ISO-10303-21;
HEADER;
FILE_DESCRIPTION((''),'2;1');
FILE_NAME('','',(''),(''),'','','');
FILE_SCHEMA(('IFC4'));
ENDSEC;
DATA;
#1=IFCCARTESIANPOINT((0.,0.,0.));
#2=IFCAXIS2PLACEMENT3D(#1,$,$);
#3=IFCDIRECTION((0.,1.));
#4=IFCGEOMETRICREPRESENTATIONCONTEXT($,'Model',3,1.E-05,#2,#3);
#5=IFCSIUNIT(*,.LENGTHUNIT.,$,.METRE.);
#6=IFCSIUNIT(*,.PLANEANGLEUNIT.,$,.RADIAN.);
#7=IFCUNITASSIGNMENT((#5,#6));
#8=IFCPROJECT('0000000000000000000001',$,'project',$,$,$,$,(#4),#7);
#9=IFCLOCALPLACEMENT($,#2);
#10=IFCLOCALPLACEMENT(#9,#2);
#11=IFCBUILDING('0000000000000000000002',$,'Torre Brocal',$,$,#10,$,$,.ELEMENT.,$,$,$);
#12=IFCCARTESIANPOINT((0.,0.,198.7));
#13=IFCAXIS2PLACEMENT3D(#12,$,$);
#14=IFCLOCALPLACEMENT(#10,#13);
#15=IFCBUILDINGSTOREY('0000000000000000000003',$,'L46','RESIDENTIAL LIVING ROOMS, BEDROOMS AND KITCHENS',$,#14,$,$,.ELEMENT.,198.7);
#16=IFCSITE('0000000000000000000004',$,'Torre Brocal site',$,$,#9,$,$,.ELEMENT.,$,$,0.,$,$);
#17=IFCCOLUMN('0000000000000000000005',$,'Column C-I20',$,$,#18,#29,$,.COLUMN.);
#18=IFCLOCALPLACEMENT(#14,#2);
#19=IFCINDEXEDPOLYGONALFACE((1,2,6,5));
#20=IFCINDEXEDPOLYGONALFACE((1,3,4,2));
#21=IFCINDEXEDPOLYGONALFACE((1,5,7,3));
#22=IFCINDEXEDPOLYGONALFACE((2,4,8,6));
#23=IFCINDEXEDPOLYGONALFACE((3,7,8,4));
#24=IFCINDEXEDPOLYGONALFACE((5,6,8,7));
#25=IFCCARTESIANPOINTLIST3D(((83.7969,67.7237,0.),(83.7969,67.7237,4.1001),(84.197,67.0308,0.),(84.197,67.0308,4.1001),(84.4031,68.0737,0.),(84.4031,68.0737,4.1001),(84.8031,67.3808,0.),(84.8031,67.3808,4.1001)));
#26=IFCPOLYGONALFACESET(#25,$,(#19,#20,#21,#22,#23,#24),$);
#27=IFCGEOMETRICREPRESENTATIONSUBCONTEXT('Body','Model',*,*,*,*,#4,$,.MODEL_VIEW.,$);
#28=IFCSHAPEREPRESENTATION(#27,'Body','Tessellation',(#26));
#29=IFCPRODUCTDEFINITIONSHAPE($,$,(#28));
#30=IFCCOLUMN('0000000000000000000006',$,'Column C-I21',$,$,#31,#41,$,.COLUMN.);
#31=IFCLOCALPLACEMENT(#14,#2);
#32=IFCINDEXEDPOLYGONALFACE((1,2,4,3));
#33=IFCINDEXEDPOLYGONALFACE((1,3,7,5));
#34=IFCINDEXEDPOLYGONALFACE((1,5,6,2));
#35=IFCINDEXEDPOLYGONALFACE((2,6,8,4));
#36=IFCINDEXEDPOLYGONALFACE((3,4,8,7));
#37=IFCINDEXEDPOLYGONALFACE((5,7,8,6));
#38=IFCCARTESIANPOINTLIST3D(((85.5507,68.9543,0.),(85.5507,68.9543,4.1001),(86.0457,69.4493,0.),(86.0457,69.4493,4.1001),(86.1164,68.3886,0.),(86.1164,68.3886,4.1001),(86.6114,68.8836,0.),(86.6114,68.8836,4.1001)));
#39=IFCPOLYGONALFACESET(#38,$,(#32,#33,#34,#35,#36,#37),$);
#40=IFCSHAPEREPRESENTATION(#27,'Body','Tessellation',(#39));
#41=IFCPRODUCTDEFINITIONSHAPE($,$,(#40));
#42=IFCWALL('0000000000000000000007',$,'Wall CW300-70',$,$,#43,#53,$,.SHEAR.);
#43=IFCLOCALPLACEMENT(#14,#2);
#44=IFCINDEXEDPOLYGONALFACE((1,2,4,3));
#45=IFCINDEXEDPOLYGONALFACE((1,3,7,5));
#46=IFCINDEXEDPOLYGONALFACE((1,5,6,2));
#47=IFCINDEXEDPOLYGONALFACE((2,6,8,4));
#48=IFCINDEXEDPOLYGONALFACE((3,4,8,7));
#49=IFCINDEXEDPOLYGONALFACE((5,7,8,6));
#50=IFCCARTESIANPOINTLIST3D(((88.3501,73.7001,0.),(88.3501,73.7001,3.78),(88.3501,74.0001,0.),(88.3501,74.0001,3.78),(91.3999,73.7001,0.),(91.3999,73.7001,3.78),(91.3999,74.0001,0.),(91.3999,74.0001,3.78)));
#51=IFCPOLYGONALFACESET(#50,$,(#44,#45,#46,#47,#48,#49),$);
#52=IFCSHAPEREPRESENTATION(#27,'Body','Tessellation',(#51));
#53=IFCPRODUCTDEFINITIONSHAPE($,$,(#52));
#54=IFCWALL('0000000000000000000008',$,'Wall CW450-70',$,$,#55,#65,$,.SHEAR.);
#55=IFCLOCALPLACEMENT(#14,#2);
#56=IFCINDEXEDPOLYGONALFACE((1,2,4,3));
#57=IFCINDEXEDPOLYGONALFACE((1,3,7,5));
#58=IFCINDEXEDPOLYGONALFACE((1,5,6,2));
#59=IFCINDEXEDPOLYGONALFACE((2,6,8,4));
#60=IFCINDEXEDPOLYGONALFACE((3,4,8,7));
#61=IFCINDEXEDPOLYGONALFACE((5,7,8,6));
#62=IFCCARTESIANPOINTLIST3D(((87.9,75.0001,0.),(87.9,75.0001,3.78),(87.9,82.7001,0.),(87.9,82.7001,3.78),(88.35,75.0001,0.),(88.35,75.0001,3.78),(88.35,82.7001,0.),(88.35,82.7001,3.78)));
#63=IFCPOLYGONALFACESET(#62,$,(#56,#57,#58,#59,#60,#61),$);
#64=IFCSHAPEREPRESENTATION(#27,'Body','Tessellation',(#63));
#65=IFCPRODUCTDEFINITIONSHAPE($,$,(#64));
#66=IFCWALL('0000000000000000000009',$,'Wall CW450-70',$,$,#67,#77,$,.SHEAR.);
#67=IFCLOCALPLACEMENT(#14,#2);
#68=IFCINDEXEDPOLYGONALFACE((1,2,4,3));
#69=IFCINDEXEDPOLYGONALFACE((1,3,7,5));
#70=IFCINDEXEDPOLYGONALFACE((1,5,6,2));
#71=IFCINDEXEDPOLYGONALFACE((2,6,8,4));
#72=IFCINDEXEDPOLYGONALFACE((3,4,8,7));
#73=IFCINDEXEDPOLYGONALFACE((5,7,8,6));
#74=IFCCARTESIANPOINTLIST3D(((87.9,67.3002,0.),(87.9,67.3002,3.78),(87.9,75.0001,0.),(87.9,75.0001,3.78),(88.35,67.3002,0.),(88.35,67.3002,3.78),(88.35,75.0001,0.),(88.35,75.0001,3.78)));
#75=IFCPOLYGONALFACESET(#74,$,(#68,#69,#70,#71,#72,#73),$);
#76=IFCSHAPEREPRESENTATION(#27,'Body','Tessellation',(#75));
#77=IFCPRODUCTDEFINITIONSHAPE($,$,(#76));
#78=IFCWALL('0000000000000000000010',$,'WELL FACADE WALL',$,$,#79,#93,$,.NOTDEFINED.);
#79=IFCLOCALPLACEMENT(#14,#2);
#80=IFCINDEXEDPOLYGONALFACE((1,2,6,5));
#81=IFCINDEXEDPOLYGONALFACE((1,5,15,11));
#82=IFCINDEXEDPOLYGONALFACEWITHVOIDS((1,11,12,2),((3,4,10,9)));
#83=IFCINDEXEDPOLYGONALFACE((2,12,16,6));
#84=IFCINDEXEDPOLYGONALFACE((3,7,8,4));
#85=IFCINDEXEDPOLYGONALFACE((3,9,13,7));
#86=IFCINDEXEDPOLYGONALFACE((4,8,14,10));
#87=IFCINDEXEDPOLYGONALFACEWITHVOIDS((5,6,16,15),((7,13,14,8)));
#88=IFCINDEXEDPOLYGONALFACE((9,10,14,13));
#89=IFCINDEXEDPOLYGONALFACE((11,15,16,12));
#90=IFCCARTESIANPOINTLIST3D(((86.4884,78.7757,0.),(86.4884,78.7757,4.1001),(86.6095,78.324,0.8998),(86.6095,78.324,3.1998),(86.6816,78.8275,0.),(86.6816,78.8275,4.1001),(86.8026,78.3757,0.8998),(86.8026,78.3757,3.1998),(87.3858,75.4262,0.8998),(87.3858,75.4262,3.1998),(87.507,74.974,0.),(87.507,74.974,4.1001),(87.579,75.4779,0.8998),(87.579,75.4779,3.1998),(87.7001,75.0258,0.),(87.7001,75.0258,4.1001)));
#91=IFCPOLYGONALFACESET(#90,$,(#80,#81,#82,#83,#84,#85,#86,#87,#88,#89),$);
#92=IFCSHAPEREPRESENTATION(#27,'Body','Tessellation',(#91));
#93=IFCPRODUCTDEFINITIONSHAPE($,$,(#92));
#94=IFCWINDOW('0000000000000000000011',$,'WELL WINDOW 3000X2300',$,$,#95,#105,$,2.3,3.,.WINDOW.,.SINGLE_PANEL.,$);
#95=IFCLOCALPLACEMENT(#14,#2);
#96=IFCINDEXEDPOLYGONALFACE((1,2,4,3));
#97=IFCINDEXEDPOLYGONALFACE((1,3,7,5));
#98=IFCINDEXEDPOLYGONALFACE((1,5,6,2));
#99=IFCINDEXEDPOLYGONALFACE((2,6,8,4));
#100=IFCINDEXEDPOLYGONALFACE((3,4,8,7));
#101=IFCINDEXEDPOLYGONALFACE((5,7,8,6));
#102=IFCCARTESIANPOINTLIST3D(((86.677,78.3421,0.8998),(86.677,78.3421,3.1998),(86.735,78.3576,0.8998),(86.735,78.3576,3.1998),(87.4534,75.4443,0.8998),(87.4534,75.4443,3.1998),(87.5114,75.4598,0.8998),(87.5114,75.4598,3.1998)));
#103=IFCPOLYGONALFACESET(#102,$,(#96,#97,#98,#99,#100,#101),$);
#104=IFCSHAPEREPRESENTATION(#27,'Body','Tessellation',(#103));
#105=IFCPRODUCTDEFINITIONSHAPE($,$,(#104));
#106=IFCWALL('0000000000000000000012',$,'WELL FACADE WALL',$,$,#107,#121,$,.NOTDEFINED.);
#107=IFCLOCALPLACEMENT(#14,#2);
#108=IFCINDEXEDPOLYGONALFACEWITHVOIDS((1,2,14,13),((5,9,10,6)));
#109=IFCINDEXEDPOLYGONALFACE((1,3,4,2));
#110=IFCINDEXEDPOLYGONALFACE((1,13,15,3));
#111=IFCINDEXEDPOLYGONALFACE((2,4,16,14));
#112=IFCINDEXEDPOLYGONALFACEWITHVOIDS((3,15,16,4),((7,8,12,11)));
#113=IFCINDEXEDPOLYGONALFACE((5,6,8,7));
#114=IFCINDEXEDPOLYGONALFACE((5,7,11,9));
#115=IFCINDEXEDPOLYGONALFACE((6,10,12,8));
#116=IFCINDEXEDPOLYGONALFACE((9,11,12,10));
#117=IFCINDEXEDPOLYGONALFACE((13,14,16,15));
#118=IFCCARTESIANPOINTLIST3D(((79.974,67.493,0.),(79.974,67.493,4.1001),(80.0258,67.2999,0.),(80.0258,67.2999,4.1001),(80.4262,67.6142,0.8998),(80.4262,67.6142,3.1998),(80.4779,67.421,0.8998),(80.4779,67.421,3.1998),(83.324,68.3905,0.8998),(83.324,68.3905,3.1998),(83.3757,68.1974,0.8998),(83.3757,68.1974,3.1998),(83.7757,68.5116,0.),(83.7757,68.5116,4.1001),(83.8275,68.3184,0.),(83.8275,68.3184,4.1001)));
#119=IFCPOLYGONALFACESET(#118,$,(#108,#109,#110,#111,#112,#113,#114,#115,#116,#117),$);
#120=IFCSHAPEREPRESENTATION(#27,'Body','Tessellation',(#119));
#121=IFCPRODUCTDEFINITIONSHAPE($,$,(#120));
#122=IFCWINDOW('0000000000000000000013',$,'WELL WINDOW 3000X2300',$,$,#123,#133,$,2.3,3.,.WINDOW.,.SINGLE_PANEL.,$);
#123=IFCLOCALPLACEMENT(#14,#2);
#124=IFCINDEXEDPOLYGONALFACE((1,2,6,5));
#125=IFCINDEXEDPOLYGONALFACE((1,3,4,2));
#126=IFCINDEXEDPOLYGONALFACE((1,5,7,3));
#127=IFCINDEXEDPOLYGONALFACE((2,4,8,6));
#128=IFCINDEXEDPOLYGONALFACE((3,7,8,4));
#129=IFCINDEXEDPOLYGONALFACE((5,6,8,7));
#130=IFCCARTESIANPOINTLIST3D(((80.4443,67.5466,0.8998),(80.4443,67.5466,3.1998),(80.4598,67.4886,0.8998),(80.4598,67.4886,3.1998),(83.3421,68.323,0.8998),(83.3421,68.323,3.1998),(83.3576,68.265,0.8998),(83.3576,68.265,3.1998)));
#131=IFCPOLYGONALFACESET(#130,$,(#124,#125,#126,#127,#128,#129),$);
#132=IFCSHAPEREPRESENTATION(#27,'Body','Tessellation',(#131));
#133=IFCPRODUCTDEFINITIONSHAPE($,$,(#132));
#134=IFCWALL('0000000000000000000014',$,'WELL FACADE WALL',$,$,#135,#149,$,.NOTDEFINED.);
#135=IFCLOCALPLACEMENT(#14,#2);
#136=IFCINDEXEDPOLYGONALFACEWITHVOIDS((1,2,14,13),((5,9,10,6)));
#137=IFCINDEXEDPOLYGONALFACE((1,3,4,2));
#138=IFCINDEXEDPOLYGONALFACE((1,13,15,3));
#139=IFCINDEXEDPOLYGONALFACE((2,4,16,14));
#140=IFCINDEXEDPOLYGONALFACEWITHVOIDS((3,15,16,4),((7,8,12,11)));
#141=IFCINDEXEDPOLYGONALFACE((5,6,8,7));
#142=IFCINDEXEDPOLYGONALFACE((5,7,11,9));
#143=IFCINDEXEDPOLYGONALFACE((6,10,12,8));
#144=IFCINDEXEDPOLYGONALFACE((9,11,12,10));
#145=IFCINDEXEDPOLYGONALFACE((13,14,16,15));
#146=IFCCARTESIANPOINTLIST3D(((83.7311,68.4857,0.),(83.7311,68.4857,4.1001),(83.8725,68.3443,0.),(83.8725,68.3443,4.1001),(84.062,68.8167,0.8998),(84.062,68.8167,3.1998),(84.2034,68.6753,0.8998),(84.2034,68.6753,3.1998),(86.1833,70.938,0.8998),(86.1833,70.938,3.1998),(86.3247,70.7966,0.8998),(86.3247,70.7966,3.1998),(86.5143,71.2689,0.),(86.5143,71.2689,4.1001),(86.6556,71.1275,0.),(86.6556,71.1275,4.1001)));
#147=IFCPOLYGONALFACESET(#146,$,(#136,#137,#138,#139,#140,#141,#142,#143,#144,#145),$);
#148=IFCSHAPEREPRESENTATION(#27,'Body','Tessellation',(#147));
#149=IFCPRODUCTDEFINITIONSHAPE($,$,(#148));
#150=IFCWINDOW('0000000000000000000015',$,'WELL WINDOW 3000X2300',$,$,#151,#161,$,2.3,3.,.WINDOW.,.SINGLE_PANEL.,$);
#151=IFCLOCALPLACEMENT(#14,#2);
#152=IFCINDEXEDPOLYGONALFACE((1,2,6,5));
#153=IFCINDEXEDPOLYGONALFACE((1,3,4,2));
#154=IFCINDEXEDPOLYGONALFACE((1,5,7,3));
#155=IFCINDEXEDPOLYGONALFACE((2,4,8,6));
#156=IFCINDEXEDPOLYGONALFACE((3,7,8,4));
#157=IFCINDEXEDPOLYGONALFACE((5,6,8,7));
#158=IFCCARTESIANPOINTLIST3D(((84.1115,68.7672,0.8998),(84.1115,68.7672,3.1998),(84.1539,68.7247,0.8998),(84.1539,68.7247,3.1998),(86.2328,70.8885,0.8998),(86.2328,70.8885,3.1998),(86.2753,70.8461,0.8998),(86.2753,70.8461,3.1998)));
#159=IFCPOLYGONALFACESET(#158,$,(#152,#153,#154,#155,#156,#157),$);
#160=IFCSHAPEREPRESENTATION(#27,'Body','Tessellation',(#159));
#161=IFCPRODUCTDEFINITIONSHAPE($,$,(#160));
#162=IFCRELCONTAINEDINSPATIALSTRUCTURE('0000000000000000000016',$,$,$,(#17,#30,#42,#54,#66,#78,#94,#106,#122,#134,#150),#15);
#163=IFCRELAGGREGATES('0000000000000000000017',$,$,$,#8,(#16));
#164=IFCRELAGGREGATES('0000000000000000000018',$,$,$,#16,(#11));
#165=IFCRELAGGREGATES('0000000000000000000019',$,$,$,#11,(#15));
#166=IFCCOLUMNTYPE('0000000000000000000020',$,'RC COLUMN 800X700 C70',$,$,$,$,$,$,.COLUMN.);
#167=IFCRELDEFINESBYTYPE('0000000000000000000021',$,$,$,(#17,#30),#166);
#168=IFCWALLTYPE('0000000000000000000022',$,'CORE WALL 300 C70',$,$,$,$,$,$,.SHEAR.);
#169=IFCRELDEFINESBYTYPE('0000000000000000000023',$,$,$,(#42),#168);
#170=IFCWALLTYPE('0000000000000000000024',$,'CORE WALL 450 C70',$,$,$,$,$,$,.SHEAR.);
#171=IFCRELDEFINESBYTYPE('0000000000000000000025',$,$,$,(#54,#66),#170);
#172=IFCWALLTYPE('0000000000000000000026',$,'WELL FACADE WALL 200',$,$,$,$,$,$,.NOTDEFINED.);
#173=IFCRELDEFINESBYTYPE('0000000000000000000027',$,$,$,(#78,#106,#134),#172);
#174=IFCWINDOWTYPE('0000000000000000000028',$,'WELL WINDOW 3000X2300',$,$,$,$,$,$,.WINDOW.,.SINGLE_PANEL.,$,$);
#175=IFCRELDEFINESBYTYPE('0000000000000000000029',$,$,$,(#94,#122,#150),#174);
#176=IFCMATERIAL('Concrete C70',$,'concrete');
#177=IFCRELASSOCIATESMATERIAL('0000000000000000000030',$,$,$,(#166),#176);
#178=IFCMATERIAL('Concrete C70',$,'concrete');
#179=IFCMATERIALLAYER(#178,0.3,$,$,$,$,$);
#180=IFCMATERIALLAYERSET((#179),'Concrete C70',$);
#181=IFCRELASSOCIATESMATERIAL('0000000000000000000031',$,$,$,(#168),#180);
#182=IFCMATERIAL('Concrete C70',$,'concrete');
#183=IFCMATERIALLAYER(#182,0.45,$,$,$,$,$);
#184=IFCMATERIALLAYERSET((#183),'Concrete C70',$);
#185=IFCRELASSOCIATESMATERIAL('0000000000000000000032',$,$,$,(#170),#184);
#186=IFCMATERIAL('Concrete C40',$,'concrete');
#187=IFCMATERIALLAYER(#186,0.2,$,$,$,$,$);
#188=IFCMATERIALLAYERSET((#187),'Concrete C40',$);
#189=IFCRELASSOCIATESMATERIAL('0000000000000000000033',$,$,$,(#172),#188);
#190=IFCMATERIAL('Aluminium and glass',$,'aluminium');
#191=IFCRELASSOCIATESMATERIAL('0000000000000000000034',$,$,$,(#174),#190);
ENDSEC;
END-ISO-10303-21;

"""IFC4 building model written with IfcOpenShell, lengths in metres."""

from ifc_helpers import new_model, si_unit, direction, frame, frame_2d, origin, origin_2d, place, context, subcontext, project, spatial, rectangle, extrude, material, layer, layer_set, material_profile, profile_set, type_object, element, fill, save


model = new_model("IFC4")

# Units and contexts
model_context = context("Model", 3, precision=1e-05, world=origin(), true_north=direction((0.0, 1.0)))
body_context = subcontext(model_context, "Body", "Model", "MODEL_VIEW")
ifc_project = project(units=[si_unit("LENGTHUNIT", "METRE"), si_unit("PLANEANGLEUNIT", "RADIAN")], contexts=[model_context])

# Site, building, storey
site_placement = place(None, origin())
site = spatial("IfcSite", under=ifc_project, at=site_placement, Name="Torre Brocal site", CompositionType="ELEMENT", RefElevation=0.0)
building_placement = place(site_placement, origin())
building = spatial("IfcBuilding", under=site, at=building_placement, Name="Torre Brocal", CompositionType="ELEMENT")
storey_placement = place(building_placement, frame((0.0, 0.0, 198.7)))
storey = spatial("IfcBuildingStorey", under=building, at=storey_placement, Name="L46", Description="RESIDENTIAL LIVING ROOMS, BEDROOMS AND KITCHENS", CompositionType="ELEMENT", Elevation=198.7)

# Columns
ifc_material_1 = material(Name="Concrete C70", Category="concrete")
ifc_material_profile = material_profile(ifc_material_1, rectangle(XDim=0.8, YDim=0.7, at=origin_2d()), Name="RC 800X700")
ifc_profile_set = profile_set([ifc_material_profile], Name="Concrete C70")
column_type = type_object("IfcColumnType", Name="RC COLUMN 800X700 C70", PredefinedType="COLUMN", material=ifc_profile_set)
for number, where, z_axis, x_axis, name in (
    (1, (84.3, 67.5522, 0.0), (0.0, 0.0, 1.0), (0.5, -0.866025, 0.0), "Column C-I20"),
    (2, (86.0811, 68.9189, 0.0), (0.0, 0.0, 1.0), (0.707107, -0.707107, 0.0), "Column C-I21"),
):
    element("IfcColumn", number, at=place(storey_placement, frame(where, z_axis=z_axis, x_axis=x_axis)), inside=storey, type_object=column_type, Name=name, PredefinedType="COLUMN", context=body_context, shape_type="SweptSolid", body=[
        extrude(rectangle(XDim=0.8, YDim=0.7, at=origin_2d()), origin(), (0.0, 0.0, 1.0), 4.1001),
    ])

# Walls
ifc_material_2 = material(Name="Concrete C70", Category="concrete")
ifc_layer_1 = layer(ifc_material_2, 0.3)
ifc_layer_set_1 = layer_set([ifc_layer_1], Name="Concrete C70")
wall_type_1 = type_object("IfcWallType", Name="CORE WALL 300 C70", PredefinedType="SHEAR", material=ifc_layer_set_1)
wall_1_placement = place(storey_placement, frame((88.3501, 73.8501, 0.0), z_axis=(0.0, 0.0, 1.0), x_axis=(1.0, 0.0, 0.0)))
element("IfcWall", 3, at=wall_1_placement, inside=storey, type_object=wall_type_1, Name="Wall CW300-70", PredefinedType="SHEAR", context=body_context, shape_type="SweptSolid", body=[
    extrude(rectangle(XDim=3.0498, YDim=0.3, at=frame_2d((1.5249, 0.0))), origin(), (0.0, 0.0, 1.0), 3.78),
])
ifc_material_3 = material(Name="Concrete C70", Category="concrete")
ifc_layer_2 = layer(ifc_material_3, 0.45)
ifc_layer_set_2 = layer_set([ifc_layer_2], Name="Concrete C70")
wall_type_2 = type_object("IfcWallType", Name="CORE WALL 450 C70", PredefinedType="SHEAR", material=ifc_layer_set_2)
for number, where, z_axis, x_axis, name in (
    (4, (88.125, 75.0, 0.0), (0.0, 0.0, 1.0), (0.0, 1.0, 0.0), "Wall CW450-70"),
    (5, (88.125, 67.3, 0.0), (0.0, 0.0, 1.0), (0.0, 1.0, 0.0), "Wall CW450-70"),
):
    element("IfcWall", number, at=place(storey_placement, frame(where, z_axis=z_axis, x_axis=x_axis)), inside=storey, type_object=wall_type_2, Name=name, PredefinedType="SHEAR", context=body_context, shape_type="SweptSolid", body=[
        extrude(rectangle(XDim=7.7, YDim=0.45, at=frame_2d((3.8501, 0.0))), origin(), (0.0, 0.0, 1.0), 3.78),
    ])

# Walls, openings, windows
ifc_material_4 = material(Name="Concrete C40", Category="concrete")
ifc_layer_3 = layer(ifc_material_4, 0.2)
ifc_layer_set_3 = layer_set([ifc_layer_3], Name="Concrete C40")
wall_type_3 = type_object("IfcWallType", Name="WELL FACADE WALL 200", PredefinedType="NOTDEFINED", material=ifc_layer_set_3)
wall_2_placement = place(storey_placement, frame((87.6035, 75.0, 0.0), z_axis=(0.0, 0.0, 1.0), x_axis=(-0.25879, 0.965934, 0.0)))
wall_2 = element("IfcWall", 6, at=wall_2_placement, inside=storey, type_object=wall_type_3, Name="WELL FACADE WALL", PredefinedType="NOTDEFINED", context=body_context, shape_type="SweptSolid", body=[
    extrude(rectangle(XDim=3.9358, YDim=0.2, at=frame_2d((1.9678, 0.0))), origin(), (0.0, 0.0, 1.0), 4.1001),
])
opening_1_placement = place(wall_2_placement, frame((0.468, 0.0, 0.8999)))
opening_1 = element("IfcOpeningElement", 7, at=opening_1_placement, cuts=wall_2, PredefinedType="OPENING", context=body_context, shape_type="SweptSolid", body=[
    extrude(rectangle(XDim=3.0, YDim=2.3, at=frame_2d((1.5, 1.1499))), frame((0.0, 0.1099, 0.0), z_axis=(0.0, -1.0, 0.0), x_axis=(1.0, 0.0, 0.0)), (0.0, 0.0, 1.0), 0.22),
])
ifc_material_5 = material(Name="Aluminium and glass", Category="aluminium")
window_type = type_object("IfcWindowType", Name="WELL WINDOW 3000X2300", PartitioningType="SINGLE_PANEL", PredefinedType="WINDOW", material=ifc_material_5)
window_1_placement = place(opening_1_placement, origin())
window_1 = element("IfcWindow", 8, at=window_1_placement, inside=storey, type_object=window_type, Name="WELL WINDOW 3000X2300", OverallHeight=2.3, OverallWidth=3.0, PartitioningType="SINGLE_PANEL", PredefinedType="WINDOW", context=body_context, shape_type="SweptSolid", body=[
    extrude(rectangle(XDim=3.0, YDim=2.3, at=frame_2d((1.5, 1.1499))), frame((0.0, 0.03, 0.0), z_axis=(0.0, -1.0, 0.0), x_axis=(1.0, 0.0, 0.0)), (0.0, 0.0, 1.0), 0.0601),
])
fill(opening_1, window_1)
wall_3_placement = place(storey_placement, frame((80.0, 67.3965, 0.0), z_axis=(0.0, 0.0, 1.0), x_axis=(0.965934, 0.25879, 0.0)))
wall_3 = element("IfcWall", 9, at=wall_3_placement, inside=storey, type_object=wall_type_3, Name="WELL FACADE WALL", PredefinedType="NOTDEFINED", context=body_context, shape_type="SweptSolid", body=[
    extrude(rectangle(XDim=3.9358, YDim=0.2, at=frame_2d((1.9678, 0.0))), origin(), (0.0, 0.0, 1.0), 4.1001),
])
opening_2_placement = place(wall_3_placement, frame((0.468, 0.0, 0.8999)))
opening_2 = element("IfcOpeningElement", 10, at=opening_2_placement, cuts=wall_3, PredefinedType="OPENING", context=body_context, shape_type="SweptSolid", body=[
    extrude(rectangle(XDim=3.0, YDim=2.3, at=frame_2d((1.5, 1.1499))), frame((0.0, 0.1099, 0.0), z_axis=(0.0, -1.0, 0.0), x_axis=(1.0, 0.0, 0.0)), (0.0, 0.0, 1.0), 0.22),
])
window_2_placement = place(opening_2_placement, origin())
window_2 = element("IfcWindow", 11, at=window_2_placement, inside=storey, type_object=window_type, Name="WELL WINDOW 3000X2300", OverallHeight=2.3, OverallWidth=3.0, PartitioningType="SINGLE_PANEL", PredefinedType="WINDOW", context=body_context, shape_type="SweptSolid", body=[
    extrude(rectangle(XDim=3.0, YDim=2.3, at=frame_2d((1.5, 1.1499))), frame((0.0, 0.03, 0.0), z_axis=(0.0, -1.0, 0.0), x_axis=(1.0, 0.0, 0.0)), (0.0, 0.0, 1.0), 0.0601),
])
fill(opening_2, window_2)
wall_4_placement = place(storey_placement, frame((83.8018, 68.415, 0.0), z_axis=(0.0, 0.0, 1.0), x_axis=(0.707107, 0.707107, 0.0)))
wall_4 = element("IfcWall", 12, at=wall_4_placement, inside=storey, type_object=wall_type_3, Name="WELL FACADE WALL", PredefinedType="NOTDEFINED", context=body_context, shape_type="SweptSolid", body=[
    extrude(rectangle(XDim=3.936, YDim=0.2, at=frame_2d((1.968, 0.0))), origin(), (0.0, 0.0, 1.0), 4.1001),
])
opening_3_placement = place(wall_4_placement, frame((0.468, 0.0, 0.8999)))
opening_3 = element("IfcOpeningElement", 13, at=opening_3_placement, cuts=wall_4, PredefinedType="OPENING", context=body_context, shape_type="SweptSolid", body=[
    extrude(rectangle(XDim=3.0, YDim=2.3, at=frame_2d((1.5, 1.1499))), frame((0.0, 0.1099, 0.0), z_axis=(0.0, -1.0, 0.0), x_axis=(1.0, 0.0, 0.0)), (0.0, 0.0, 1.0), 0.22),
])
window_3_placement = place(opening_3_placement, origin())
window_3 = element("IfcWindow", 14, at=window_3_placement, inside=storey, type_object=window_type, Name="WELL WINDOW 3000X2300", OverallHeight=2.3, OverallWidth=3.0, PartitioningType="SINGLE_PANEL", PredefinedType="WINDOW", context=body_context, shape_type="SweptSolid", body=[
    extrude(rectangle(XDim=3.0, YDim=2.3, at=frame_2d((1.5, 1.1499))), frame((0.0, 0.03, 0.0), z_axis=(0.0, -1.0, 0.0), x_axis=(1.0, 0.0, 0.0)), (0.0, 0.0, 1.0), 0.0601),
])
fill(opening_3, window_3)

save(model, "model.ifc")
